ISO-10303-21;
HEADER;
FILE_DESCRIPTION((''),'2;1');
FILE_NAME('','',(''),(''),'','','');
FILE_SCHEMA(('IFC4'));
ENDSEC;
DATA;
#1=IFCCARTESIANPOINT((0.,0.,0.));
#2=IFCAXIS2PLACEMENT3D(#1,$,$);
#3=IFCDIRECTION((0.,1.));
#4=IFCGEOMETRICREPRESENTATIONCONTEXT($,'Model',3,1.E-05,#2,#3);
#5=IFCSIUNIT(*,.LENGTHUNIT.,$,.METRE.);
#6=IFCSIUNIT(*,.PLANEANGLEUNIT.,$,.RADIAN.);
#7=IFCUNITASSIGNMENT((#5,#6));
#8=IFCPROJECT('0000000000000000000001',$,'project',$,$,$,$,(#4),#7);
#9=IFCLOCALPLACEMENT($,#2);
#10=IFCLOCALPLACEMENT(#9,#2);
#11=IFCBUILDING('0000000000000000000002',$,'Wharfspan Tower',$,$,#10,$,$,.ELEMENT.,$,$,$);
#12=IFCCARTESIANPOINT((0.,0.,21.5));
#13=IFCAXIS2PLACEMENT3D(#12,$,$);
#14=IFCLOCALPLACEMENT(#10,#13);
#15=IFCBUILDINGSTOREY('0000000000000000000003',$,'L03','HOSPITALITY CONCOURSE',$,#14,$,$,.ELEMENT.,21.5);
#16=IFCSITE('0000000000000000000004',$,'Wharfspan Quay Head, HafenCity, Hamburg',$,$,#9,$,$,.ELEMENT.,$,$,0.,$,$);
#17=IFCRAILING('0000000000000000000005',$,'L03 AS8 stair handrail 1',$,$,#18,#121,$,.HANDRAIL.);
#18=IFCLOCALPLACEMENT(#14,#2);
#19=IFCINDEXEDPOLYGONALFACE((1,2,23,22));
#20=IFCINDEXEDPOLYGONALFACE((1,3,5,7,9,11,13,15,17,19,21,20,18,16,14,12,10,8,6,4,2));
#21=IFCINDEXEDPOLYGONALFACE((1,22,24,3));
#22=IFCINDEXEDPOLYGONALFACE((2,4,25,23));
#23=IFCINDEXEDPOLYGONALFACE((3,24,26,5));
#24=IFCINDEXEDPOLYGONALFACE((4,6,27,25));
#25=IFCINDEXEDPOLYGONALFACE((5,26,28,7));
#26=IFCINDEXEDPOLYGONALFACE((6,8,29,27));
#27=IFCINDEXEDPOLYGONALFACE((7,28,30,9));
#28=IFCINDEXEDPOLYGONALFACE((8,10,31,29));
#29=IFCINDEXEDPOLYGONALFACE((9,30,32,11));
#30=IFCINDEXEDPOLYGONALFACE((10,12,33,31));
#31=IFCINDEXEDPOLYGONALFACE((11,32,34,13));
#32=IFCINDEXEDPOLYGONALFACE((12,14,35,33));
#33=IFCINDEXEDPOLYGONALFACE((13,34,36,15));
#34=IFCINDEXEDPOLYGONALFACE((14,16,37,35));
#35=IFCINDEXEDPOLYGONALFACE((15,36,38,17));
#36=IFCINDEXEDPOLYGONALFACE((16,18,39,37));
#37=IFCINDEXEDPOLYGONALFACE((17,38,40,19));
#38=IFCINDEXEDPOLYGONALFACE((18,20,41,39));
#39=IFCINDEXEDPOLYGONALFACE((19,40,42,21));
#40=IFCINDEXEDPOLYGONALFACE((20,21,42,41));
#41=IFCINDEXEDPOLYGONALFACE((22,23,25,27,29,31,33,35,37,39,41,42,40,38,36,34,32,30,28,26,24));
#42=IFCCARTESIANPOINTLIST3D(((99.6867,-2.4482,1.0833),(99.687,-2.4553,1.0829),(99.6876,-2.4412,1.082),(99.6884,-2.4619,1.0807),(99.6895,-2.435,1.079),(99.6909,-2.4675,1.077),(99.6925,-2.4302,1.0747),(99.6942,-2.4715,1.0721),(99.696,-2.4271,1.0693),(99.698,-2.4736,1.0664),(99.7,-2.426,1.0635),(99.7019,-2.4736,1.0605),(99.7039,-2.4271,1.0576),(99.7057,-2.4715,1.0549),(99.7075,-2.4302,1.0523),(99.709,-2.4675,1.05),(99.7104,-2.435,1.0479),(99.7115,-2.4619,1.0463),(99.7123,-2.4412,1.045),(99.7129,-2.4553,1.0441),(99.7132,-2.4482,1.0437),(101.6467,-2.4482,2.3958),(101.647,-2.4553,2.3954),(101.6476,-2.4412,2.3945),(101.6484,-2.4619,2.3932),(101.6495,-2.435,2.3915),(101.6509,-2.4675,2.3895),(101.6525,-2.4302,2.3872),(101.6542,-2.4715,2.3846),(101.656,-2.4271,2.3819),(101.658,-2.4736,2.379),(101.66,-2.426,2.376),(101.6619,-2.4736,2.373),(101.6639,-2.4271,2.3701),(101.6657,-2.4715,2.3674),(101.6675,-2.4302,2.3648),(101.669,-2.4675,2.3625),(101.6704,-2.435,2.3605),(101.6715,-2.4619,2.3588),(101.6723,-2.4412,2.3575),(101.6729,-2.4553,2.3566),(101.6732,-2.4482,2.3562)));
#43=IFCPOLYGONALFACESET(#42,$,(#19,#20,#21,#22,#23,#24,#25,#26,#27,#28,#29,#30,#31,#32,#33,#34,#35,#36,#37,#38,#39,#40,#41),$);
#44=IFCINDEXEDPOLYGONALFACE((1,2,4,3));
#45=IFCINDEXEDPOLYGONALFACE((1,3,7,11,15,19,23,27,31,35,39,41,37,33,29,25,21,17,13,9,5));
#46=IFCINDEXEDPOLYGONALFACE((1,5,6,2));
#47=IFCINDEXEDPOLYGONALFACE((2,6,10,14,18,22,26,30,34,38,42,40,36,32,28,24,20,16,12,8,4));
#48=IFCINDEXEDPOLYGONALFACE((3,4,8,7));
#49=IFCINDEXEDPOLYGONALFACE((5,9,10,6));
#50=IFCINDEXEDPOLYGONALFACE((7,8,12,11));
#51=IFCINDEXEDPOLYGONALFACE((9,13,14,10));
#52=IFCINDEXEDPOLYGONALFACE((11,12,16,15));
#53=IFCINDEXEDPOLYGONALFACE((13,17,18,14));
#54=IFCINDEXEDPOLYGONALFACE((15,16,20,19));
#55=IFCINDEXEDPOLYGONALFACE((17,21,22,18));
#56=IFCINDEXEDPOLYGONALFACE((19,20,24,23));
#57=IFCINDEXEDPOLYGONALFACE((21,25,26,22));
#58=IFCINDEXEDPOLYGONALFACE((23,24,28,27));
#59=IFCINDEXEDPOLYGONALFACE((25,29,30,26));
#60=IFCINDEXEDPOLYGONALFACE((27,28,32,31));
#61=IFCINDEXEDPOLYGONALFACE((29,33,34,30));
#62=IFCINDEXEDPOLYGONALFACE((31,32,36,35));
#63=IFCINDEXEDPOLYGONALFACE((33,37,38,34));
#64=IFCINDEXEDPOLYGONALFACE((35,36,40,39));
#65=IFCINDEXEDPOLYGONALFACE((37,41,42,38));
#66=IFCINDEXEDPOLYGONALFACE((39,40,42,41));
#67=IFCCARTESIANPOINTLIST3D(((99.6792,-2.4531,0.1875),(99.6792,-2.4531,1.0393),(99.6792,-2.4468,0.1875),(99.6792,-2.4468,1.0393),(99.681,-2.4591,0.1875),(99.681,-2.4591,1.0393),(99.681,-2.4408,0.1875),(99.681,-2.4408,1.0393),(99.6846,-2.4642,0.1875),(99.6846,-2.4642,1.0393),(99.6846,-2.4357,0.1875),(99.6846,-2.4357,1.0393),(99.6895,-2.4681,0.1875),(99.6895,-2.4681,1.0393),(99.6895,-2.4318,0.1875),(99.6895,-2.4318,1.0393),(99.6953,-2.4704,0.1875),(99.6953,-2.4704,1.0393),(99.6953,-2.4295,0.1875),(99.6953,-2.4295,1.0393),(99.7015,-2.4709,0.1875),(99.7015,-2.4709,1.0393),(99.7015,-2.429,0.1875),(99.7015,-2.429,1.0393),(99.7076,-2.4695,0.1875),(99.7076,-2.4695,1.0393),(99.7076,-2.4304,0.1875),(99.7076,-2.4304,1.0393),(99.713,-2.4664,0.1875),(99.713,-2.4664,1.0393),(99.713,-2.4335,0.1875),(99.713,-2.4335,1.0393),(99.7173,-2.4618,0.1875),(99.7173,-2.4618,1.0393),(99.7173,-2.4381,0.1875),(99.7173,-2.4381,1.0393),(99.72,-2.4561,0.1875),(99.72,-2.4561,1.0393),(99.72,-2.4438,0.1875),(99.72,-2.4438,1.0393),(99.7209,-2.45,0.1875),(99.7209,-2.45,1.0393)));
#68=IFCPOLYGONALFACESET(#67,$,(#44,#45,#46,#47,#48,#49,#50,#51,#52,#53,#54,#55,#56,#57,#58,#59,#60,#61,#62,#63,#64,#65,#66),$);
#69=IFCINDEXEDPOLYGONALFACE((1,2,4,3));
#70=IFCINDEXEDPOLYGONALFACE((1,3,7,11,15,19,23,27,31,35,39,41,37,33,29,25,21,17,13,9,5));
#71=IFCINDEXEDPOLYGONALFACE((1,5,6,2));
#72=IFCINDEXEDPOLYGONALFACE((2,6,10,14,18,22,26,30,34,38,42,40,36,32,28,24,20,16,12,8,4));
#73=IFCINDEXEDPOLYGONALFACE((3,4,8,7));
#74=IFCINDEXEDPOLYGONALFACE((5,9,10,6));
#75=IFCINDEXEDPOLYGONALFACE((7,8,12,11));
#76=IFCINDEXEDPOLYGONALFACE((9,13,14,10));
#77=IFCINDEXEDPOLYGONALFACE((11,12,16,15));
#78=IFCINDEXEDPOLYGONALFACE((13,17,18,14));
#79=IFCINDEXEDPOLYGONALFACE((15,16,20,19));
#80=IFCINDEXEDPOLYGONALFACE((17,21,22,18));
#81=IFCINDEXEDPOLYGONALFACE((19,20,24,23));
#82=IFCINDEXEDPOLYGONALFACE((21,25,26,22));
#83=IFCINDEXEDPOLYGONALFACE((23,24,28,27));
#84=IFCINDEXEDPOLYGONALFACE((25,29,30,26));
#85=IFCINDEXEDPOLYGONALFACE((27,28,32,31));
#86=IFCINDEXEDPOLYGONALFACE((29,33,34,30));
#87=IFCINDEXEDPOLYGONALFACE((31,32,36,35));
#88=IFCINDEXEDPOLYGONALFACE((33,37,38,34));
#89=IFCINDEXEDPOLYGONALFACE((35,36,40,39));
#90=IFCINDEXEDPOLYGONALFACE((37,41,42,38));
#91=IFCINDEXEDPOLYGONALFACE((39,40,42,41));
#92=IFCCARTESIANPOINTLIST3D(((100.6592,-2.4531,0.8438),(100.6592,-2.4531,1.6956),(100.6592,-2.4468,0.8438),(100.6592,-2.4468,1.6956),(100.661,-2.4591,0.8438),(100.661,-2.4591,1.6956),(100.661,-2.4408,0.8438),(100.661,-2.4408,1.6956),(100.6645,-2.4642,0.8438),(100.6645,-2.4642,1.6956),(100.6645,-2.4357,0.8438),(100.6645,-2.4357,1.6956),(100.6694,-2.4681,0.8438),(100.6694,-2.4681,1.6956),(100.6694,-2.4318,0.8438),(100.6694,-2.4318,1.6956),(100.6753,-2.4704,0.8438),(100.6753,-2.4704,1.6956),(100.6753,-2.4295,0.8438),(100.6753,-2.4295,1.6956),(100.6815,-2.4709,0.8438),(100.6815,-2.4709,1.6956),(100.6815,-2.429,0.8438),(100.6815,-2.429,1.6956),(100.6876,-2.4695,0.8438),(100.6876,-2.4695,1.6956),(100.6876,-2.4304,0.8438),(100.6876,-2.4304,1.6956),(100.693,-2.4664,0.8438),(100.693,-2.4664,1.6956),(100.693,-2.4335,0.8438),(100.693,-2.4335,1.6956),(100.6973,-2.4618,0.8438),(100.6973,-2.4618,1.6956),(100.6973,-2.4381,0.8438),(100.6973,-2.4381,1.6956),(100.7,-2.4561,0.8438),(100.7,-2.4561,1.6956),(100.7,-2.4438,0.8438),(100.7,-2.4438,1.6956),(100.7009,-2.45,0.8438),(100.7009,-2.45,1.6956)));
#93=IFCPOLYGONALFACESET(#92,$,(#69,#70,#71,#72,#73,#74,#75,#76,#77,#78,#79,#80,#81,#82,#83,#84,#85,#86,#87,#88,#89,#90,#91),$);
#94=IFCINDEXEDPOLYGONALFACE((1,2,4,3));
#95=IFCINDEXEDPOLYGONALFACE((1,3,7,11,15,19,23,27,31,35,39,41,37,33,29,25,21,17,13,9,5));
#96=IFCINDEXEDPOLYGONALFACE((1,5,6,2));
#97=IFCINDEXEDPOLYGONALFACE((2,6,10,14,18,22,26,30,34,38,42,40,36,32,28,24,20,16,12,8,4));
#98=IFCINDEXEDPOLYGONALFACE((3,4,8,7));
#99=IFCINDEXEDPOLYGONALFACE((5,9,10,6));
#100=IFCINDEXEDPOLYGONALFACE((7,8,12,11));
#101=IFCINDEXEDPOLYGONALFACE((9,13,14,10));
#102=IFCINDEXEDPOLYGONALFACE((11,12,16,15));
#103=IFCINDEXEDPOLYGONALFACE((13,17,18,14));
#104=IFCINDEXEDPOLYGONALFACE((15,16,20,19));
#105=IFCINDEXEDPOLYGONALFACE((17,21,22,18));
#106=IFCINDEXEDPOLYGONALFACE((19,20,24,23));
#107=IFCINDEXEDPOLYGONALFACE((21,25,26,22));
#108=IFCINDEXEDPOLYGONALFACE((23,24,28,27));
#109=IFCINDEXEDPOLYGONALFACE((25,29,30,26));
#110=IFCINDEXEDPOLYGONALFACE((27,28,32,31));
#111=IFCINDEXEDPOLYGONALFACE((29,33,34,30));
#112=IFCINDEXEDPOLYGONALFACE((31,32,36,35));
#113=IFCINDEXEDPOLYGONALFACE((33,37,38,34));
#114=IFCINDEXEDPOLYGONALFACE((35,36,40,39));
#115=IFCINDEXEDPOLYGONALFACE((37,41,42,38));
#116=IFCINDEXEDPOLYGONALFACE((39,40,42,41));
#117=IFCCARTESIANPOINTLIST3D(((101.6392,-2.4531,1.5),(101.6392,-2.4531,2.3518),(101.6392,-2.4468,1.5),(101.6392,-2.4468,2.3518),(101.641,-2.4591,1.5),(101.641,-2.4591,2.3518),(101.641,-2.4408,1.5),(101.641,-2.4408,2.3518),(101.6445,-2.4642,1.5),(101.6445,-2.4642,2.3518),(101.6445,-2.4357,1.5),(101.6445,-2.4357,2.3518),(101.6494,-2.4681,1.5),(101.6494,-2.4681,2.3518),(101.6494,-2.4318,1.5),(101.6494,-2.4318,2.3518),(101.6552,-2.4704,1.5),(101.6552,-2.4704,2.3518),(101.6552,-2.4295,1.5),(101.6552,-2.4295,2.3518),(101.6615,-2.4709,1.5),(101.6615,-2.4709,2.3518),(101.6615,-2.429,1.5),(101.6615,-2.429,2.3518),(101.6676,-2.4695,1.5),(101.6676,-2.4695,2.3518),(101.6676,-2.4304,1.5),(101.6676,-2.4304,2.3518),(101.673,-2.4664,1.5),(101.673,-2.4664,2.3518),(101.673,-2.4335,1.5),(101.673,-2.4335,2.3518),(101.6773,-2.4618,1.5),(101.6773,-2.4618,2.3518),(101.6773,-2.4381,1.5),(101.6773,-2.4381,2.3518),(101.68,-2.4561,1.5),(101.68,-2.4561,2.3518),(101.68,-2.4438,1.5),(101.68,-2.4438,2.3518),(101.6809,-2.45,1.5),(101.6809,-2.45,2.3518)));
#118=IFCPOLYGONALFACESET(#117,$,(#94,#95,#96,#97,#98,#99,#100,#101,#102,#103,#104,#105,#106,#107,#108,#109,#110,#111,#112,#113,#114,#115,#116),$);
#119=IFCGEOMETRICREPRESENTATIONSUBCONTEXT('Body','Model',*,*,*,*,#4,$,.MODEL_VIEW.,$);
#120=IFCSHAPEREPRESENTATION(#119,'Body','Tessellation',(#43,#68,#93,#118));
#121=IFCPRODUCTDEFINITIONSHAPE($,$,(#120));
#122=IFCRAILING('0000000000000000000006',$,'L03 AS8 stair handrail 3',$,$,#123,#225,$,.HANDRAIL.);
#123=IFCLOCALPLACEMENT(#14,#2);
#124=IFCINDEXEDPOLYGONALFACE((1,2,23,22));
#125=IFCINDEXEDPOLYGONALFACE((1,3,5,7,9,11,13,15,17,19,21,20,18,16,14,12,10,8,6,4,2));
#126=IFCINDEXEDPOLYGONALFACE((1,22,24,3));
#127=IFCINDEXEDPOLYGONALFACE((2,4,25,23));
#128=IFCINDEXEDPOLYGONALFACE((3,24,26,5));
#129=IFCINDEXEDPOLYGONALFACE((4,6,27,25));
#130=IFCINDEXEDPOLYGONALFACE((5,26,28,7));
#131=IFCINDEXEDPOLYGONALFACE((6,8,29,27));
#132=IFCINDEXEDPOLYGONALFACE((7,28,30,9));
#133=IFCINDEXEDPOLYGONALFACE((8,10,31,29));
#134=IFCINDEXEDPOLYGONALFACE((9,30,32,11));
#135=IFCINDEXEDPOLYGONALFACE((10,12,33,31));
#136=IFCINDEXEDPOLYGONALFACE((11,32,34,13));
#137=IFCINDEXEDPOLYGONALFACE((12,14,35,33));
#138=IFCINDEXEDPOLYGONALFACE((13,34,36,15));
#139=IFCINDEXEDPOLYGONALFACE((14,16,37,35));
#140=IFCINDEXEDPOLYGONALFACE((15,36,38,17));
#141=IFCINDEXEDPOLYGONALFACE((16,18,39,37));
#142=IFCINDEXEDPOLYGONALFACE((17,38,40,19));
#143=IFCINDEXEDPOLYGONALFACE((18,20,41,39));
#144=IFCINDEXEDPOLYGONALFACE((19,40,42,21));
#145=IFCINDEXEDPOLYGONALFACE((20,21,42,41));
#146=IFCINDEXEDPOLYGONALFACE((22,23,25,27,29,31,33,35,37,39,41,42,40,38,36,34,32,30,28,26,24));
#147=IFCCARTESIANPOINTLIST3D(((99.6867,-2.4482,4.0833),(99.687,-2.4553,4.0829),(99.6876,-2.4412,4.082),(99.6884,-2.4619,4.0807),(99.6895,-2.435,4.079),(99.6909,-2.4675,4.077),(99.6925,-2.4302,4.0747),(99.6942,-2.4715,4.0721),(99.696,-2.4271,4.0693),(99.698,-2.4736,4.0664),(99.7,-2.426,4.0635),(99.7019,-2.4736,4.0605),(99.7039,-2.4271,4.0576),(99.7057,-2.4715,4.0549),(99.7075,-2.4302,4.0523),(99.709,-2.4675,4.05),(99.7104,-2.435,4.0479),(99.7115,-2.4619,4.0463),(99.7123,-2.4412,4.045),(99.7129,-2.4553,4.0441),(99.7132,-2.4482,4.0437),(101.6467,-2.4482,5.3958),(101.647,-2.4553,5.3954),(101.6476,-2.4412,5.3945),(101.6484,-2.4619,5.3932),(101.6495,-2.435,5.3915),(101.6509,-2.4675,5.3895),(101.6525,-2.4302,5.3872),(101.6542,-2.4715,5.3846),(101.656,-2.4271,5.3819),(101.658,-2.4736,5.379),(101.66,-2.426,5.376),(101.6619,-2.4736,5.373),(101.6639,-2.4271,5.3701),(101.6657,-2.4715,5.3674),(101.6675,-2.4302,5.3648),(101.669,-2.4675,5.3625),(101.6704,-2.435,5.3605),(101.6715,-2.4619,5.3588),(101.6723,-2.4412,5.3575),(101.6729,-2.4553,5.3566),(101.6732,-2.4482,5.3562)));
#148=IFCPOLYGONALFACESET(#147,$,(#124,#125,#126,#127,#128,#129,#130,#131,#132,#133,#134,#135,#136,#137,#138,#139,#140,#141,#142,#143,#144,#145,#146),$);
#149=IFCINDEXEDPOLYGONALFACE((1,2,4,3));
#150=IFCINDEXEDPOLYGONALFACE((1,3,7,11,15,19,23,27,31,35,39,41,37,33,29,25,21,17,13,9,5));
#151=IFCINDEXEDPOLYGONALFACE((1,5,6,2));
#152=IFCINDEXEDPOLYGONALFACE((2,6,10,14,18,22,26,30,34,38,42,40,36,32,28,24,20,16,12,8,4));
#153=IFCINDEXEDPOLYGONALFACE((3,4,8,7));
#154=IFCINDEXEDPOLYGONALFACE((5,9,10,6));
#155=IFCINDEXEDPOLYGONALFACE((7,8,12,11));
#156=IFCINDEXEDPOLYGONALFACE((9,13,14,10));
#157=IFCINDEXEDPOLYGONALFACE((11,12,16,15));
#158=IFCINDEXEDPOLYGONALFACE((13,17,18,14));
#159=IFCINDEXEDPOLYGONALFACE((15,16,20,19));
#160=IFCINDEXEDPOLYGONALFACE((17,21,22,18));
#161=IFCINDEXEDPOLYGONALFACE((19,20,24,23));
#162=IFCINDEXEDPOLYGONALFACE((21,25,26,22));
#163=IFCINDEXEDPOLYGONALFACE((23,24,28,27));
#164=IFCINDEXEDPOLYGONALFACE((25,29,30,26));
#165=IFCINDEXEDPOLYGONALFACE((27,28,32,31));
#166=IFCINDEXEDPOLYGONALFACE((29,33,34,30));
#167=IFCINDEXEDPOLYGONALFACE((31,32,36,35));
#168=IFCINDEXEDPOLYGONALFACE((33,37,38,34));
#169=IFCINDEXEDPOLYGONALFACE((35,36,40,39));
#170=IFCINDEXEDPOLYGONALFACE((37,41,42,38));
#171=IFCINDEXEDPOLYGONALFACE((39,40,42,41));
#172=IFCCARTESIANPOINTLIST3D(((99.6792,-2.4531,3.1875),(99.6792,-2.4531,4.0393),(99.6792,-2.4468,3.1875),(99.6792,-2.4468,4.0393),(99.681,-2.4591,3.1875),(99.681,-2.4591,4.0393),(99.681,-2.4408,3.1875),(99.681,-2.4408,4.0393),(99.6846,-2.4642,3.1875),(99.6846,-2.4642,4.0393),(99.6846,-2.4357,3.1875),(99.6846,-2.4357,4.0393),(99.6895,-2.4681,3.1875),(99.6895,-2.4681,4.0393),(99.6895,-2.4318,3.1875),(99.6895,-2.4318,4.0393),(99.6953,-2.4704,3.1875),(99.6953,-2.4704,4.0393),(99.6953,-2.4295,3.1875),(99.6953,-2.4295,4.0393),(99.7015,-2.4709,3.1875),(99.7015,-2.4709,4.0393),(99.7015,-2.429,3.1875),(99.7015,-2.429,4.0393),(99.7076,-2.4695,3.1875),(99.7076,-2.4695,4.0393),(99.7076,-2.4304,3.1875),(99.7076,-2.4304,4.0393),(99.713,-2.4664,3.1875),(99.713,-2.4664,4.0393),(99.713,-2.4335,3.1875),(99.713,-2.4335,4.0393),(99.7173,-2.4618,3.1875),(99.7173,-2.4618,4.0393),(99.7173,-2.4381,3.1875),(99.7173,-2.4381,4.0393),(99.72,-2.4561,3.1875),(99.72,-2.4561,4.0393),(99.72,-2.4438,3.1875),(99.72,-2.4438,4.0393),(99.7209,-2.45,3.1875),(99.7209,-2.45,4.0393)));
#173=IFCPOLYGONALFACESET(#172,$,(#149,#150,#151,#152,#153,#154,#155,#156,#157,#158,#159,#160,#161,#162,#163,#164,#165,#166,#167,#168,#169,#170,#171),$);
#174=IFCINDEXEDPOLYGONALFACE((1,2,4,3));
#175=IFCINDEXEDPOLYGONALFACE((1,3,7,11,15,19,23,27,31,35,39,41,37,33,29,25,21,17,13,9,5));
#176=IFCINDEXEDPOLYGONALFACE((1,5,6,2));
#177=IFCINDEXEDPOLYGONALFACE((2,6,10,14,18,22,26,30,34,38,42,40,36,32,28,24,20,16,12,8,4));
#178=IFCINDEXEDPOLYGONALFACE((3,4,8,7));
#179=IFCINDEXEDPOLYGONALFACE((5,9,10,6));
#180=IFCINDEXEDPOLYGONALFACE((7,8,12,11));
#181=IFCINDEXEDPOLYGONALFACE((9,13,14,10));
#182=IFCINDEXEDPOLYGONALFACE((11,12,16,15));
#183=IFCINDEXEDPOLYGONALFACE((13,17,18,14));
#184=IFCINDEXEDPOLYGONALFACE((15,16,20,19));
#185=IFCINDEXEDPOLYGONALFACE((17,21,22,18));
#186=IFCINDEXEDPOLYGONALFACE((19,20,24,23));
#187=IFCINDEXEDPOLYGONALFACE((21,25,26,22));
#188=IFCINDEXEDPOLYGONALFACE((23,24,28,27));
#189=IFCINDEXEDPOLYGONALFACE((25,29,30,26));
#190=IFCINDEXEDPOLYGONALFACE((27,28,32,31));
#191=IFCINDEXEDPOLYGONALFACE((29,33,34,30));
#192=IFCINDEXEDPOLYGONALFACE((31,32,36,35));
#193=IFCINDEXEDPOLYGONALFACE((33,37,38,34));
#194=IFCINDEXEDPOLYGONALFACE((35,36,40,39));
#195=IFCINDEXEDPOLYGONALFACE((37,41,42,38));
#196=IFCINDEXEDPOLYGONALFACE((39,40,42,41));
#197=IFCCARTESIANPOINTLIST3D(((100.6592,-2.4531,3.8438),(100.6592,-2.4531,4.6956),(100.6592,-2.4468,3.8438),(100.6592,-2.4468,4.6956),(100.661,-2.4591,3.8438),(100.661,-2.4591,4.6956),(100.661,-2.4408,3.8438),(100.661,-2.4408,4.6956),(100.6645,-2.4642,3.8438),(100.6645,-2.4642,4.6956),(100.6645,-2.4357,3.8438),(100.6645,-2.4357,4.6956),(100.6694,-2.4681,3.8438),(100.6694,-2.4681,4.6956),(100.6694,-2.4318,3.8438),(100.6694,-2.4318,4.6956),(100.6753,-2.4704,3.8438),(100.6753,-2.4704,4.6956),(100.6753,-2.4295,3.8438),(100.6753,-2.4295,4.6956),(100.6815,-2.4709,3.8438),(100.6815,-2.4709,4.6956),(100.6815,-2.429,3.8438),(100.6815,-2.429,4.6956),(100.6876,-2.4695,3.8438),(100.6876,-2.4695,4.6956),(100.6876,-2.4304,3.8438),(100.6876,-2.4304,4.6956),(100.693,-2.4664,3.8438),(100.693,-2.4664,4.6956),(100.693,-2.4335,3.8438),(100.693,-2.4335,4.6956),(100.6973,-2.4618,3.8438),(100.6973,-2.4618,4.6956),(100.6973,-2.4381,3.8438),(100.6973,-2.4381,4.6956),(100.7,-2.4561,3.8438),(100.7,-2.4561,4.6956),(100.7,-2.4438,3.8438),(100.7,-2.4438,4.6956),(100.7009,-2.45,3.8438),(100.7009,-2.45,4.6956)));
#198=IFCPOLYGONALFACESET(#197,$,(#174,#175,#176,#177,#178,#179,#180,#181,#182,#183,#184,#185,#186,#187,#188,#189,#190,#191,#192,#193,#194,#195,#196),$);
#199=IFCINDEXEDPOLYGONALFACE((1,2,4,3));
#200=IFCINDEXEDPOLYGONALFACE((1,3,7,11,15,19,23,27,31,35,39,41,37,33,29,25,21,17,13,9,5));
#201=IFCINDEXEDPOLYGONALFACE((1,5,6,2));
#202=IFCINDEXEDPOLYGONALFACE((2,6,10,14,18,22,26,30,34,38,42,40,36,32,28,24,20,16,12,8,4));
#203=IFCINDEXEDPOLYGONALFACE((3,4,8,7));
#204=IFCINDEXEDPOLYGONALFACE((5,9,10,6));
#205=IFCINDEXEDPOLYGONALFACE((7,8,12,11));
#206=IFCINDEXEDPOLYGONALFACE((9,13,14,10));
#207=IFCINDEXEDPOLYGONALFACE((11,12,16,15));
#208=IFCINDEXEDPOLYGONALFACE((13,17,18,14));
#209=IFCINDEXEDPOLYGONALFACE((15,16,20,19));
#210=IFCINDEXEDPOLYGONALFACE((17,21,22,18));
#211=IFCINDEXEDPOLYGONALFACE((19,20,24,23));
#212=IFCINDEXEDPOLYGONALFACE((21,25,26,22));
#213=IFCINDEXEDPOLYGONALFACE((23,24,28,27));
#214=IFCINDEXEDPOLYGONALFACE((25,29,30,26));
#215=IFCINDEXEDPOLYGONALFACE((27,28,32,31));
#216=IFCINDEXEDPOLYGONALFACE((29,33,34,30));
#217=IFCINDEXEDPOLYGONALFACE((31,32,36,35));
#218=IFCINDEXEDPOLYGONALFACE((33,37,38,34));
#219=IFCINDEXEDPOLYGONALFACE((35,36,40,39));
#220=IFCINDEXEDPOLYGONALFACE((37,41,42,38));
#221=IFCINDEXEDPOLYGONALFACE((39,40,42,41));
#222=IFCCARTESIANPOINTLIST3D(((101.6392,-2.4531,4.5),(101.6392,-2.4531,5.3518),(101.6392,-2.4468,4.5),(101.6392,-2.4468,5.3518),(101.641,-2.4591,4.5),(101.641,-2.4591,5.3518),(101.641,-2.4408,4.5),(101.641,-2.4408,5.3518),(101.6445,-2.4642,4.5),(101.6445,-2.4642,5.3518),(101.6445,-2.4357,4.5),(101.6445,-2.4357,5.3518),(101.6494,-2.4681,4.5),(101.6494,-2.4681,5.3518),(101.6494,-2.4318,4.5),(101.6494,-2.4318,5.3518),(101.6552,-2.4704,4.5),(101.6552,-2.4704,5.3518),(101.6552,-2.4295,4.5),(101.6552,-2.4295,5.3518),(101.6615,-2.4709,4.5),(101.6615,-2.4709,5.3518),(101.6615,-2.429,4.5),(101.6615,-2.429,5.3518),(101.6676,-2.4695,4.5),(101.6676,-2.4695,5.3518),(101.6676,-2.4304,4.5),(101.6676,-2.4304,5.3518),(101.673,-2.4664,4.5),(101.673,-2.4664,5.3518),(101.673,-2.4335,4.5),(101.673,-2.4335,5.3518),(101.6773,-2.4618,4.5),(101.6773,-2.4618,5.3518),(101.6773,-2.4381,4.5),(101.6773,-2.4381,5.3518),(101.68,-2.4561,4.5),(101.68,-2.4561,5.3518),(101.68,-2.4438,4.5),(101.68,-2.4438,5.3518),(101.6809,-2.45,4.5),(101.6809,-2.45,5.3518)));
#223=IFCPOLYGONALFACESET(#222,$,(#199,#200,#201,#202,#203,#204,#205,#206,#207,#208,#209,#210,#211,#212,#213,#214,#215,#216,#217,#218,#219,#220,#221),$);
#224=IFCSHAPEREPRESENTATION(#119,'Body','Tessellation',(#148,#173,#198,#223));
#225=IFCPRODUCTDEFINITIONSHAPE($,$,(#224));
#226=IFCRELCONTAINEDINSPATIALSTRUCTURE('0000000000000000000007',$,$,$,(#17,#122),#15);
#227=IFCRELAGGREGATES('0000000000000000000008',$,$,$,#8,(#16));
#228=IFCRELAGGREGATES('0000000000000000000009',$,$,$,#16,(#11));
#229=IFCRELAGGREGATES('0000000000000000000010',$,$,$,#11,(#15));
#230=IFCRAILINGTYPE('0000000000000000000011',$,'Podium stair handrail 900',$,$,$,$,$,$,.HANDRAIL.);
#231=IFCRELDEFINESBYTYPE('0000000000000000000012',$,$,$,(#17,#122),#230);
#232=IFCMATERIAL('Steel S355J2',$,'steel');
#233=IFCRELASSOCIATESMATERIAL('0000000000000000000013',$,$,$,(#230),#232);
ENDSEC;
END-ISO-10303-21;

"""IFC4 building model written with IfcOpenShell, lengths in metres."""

from ifc_helpers import new_model, si_unit, direction, frame, origin, origin_2d, place, context, subcontext, project, spatial, circle, extrude, material, type_object, element, save


model = new_model("IFC4")

# Units and contexts
model_context = context("Model", 3, precision=1e-05, world=origin(), true_north=direction((0.0, 1.0)))
body_context = subcontext(model_context, "Body", "Model", "MODEL_VIEW")
ifc_project = project(units=[si_unit("LENGTHUNIT", "METRE"), si_unit("PLANEANGLEUNIT", "RADIAN")], contexts=[model_context])

# Site, building, storey
site_placement = place(None, origin())
site = spatial("IfcSite", under=ifc_project, at=site_placement, Name="Wharfspan Quay Head, HafenCity, Hamburg", CompositionType="ELEMENT", RefElevation=0.0)
building_placement = place(site_placement, origin())
building = spatial("IfcBuilding", under=site, at=building_placement, Name="Wharfspan Tower", CompositionType="ELEMENT")
storey_placement = place(building_placement, frame((0.0, 0.0, 21.5)))
storey = spatial("IfcBuildingStorey", under=building, at=storey_placement, Name="L03", Description="HOSPITALITY CONCOURSE", CompositionType="ELEMENT", Elevation=21.5)

# Railings
ifc_material_1 = material(Name="Steel S355J2", Category="steel")
railing_type_1 = type_object("IfcRailingType", Name="Podium stair handrail 900", PredefinedType="HANDRAIL", material=ifc_material_1)
for number, where, name in (
    (1, (99.7, -2.45, 0.1875), "L03 AS8 stair handrail 1"),
    (2, (99.7, -2.45, 3.1875), "L03 AS8 stair handrail 3"),
):
    element("IfcRailing", number, at=place(storey_placement, frame(where)), inside=storey, type_object=railing_type_1, Name=name, PredefinedType="HANDRAIL", context=body_context, shape_type="SweptSolid", body=[
        extrude(circle(Radius=0.0239, at=origin_2d()), frame((0.0, 0.0, 0.876), z_axis=(0.830902, 0.0, 0.556419), x_axis=(0.0, 1.0, 0.0)), (0.0, 0.0, 1.0), 2.3589),
        extrude(circle(Radius=0.021, at=origin_2d()), origin(), (0.0, 0.0, 1.0), 0.8518),
        extrude(circle(Radius=0.021, at=origin_2d()), frame((0.98, 0.0, 0.6562)), (0.0, 0.0, 1.0), 0.8518),
        extrude(circle(Radius=0.021, at=origin_2d()), frame((1.96, 0.0, 1.3125)), (0.0, 0.0, 1.0), 0.8518),
    ])

save(model, "model.ifc")
